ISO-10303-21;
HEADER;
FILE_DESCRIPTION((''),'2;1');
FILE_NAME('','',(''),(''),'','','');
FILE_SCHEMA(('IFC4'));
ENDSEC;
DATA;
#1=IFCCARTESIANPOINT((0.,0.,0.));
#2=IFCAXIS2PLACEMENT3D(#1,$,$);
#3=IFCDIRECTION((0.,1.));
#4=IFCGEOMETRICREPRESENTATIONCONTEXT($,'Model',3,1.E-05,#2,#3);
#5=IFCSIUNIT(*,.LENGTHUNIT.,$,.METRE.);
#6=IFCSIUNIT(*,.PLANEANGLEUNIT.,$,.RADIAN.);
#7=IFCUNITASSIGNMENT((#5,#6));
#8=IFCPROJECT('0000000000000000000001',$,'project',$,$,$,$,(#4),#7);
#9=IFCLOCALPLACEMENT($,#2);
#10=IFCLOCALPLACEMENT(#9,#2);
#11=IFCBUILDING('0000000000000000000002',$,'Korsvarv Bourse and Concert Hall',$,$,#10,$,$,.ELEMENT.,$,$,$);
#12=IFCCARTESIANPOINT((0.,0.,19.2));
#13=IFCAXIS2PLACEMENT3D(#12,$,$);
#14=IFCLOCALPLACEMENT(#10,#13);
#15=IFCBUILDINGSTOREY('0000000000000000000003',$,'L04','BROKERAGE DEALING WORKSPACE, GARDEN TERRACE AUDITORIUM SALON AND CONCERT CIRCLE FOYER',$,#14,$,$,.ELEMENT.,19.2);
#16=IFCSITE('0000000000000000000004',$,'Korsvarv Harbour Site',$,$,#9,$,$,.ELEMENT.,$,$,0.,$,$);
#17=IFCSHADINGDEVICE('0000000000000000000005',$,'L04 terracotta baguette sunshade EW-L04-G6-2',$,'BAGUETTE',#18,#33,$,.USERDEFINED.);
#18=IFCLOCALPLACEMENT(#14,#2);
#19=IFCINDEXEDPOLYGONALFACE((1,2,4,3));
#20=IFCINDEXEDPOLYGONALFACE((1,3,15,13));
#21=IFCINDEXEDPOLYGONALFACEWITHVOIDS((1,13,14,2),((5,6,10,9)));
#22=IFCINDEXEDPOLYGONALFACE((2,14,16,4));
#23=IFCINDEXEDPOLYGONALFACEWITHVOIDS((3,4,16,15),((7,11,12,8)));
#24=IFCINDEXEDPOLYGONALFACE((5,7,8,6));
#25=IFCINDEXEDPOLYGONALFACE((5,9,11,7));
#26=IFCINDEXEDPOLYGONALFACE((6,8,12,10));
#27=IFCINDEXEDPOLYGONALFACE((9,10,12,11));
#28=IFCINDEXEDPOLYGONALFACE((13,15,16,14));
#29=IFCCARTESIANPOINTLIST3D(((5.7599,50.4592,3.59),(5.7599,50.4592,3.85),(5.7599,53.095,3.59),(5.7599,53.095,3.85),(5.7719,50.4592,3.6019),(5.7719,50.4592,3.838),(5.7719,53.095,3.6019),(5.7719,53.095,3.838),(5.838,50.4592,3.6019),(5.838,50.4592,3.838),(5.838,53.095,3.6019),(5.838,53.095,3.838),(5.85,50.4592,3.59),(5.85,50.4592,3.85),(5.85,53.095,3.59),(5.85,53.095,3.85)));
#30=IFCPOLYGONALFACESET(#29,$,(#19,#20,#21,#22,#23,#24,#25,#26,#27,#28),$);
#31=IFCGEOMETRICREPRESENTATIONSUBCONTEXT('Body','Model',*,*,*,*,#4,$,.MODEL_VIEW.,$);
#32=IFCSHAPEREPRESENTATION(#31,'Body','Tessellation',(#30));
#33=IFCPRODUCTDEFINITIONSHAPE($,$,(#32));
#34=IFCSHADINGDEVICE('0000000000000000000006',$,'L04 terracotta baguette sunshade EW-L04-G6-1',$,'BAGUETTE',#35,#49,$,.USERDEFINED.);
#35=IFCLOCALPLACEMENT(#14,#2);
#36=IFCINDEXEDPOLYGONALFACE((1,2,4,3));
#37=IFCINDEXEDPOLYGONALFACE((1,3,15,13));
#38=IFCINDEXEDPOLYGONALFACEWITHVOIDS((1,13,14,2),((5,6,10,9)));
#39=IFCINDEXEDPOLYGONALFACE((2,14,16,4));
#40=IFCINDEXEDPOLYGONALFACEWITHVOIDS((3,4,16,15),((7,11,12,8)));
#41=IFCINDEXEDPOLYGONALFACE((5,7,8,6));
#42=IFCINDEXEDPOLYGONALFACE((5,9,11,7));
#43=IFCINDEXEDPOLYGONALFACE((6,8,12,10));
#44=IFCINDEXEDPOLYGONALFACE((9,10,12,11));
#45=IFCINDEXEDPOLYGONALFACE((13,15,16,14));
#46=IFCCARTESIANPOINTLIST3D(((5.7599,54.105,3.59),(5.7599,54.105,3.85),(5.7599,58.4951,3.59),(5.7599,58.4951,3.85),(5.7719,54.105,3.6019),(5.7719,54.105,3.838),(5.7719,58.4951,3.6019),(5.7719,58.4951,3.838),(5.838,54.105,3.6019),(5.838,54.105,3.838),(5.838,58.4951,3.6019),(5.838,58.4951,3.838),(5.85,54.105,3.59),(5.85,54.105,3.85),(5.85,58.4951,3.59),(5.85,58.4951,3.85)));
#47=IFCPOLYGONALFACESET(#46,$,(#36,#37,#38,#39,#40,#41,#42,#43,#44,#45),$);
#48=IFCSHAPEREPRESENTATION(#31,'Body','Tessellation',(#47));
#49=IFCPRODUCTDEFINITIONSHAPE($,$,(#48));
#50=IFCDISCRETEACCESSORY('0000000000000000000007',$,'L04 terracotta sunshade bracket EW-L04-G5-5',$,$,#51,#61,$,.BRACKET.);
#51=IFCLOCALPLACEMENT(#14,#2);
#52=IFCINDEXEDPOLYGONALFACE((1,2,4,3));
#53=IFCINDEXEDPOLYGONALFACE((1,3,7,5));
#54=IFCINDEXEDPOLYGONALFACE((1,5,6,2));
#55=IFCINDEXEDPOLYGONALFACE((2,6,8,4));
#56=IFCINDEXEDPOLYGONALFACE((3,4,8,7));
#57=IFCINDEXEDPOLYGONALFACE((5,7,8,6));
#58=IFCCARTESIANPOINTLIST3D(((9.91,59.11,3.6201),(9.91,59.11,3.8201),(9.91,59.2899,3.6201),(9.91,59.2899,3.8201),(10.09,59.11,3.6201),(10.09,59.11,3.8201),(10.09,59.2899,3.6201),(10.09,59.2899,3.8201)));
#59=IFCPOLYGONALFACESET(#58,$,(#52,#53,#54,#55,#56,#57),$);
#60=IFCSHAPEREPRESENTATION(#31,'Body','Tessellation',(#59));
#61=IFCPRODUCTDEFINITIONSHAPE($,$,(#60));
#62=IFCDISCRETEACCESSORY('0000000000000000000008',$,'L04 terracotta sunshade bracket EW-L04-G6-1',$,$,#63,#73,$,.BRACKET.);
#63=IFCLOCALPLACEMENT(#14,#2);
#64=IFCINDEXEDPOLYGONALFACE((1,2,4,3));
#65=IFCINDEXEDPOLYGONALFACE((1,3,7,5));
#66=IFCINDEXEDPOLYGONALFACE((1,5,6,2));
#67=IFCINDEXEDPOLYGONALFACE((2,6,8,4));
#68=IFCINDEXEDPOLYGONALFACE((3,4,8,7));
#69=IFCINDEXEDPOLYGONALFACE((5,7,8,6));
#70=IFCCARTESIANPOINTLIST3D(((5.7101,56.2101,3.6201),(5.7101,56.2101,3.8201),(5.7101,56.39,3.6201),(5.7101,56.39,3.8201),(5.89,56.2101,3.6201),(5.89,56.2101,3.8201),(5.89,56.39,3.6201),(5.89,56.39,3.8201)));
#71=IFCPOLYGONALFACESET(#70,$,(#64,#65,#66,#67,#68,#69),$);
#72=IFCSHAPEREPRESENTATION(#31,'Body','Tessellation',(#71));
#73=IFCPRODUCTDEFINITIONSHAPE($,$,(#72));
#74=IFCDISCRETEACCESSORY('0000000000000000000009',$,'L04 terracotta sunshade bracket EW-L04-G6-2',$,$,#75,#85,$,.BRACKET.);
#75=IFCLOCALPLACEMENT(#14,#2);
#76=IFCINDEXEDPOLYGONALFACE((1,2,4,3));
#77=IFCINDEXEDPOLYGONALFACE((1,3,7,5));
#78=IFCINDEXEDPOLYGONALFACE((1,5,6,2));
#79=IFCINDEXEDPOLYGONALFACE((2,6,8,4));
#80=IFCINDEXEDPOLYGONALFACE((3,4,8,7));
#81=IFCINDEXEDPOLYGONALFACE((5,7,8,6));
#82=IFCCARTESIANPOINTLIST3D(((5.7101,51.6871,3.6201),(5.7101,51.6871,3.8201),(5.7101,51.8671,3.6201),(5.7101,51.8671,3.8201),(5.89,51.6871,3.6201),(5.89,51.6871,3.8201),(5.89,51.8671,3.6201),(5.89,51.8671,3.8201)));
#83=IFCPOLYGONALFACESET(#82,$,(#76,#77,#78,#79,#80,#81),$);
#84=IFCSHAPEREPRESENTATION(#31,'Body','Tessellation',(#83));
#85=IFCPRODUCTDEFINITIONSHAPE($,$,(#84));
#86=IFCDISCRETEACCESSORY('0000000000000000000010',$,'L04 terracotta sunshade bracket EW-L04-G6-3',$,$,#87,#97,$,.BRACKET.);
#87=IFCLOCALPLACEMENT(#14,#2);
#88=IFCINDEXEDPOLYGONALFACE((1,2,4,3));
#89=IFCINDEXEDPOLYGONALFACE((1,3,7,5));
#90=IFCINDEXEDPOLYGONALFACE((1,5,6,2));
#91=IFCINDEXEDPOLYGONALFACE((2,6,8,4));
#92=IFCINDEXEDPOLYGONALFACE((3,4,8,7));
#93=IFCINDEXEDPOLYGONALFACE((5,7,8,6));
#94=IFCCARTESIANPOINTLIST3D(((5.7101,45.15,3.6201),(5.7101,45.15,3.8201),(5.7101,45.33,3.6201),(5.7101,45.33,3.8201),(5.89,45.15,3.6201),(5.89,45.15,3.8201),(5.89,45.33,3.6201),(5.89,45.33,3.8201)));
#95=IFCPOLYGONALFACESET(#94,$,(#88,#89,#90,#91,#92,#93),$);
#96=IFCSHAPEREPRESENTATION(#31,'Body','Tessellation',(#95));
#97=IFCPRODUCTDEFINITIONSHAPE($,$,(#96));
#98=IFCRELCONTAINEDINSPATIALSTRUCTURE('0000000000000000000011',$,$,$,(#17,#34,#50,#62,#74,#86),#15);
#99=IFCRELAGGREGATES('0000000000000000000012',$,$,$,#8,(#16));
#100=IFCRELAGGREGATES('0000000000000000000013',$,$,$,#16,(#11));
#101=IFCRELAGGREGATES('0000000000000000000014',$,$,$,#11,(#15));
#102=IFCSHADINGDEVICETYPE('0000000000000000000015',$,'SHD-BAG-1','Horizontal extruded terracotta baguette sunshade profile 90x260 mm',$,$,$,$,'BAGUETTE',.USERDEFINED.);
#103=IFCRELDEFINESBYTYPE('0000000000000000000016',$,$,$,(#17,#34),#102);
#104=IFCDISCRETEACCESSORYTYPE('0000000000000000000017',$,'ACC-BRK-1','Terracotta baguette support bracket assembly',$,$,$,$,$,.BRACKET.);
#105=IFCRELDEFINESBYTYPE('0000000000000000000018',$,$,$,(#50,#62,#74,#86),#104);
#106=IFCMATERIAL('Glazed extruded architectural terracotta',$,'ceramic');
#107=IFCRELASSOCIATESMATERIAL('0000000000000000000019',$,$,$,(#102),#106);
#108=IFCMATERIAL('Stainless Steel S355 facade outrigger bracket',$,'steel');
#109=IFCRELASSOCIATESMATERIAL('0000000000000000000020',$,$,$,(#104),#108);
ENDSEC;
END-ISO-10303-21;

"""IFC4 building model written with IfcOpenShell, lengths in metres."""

from ifc_helpers import new_model, si_unit, direction, frame, origin, origin_2d, place, context, subcontext, project, spatial, rectangle, hollow_rectangle, extrude, source, transform, mapped, material, material_profile, profile_set, type_object, element, save


model = new_model("IFC4")

# Units and contexts
model_context = context("Model", 3, precision=1e-05, world=origin(), true_north=direction((0.0, 1.0)))
body_context = subcontext(model_context, "Body", "Model", "MODEL_VIEW")
ifc_project = project(units=[si_unit("LENGTHUNIT", "METRE"), si_unit("PLANEANGLEUNIT", "RADIAN")], contexts=[model_context])

# Site, building, storey
site_placement = place(None, origin())
site = spatial("IfcSite", under=ifc_project, at=site_placement, Name="Korsvarv Harbour Site", CompositionType="ELEMENT", RefElevation=0.0)
building_placement = place(site_placement, origin())
building = spatial("IfcBuilding", under=site, at=building_placement, Name="Korsvarv Bourse and Concert Hall", CompositionType="ELEMENT")
storey_placement = place(building_placement, frame((0.0, 0.0, 19.2)))
storey = spatial("IfcBuildingStorey", under=building, at=storey_placement, Name="L04", Description="BROKERAGE DEALING WORKSPACE, GARDEN TERRACE AUDITORIUM SALON AND CONCERT CIRCLE FOYER", CompositionType="ELEMENT", Elevation=19.2)

# Shading devices
ifc_material_1 = material(Name="Glazed extruded architectural terracotta", Category="ceramic")
ifc_material_profile_1 = material_profile(ifc_material_1, hollow_rectangle(XDim=0.0901, YDim=0.26, WallThickness=0.012, at=origin_2d()), Name="TC-BAG 90x260")
ifc_profile_set_1 = profile_set([ifc_material_profile_1], Name="Glazed extruded architectural terracotta")
shading_device_type = type_object("IfcShadingDeviceType", Name="SHD-BAG-1", Description="Horizontal extruded terracotta baguette sunshade profile 90x260 mm", ElementType="BAGUETTE", PredefinedType="USERDEFINED", material=ifc_profile_set_1)
shared_shape_1 = source(origin(), body_context, "Body", "SweptSolid", [
    extrude(hollow_rectangle(XDim=0.0901, YDim=0.26, WallThickness=0.012, at=origin_2d()), origin(), (0.0, 0.0, 1.0), 2.6357),
])
shading_device_1_placement = place(storey_placement, frame((5.8049, 53.095, 3.72), z_axis=(0.0, -1.0, 0.0), x_axis=(1.0, 0.0, 0.0)))
element("IfcShadingDevice", 1, at=shading_device_1_placement, inside=storey, type_object=shading_device_type, Name="L04 terracotta baguette sunshade EW-L04-G6-2", ObjectType="BAGUETTE", PredefinedType="USERDEFINED", context=body_context, shape_type="MappedRepresentation", body=[
    mapped(shared_shape_1, transform((0.0, 0.0, 0.0), scale=1.0)),
])
shared_shape_2 = source(origin(), body_context, "Body", "SweptSolid", [
    extrude(hollow_rectangle(XDim=0.0901, YDim=0.26, WallThickness=0.012, at=origin_2d()), origin(), (0.0, 0.0, 1.0), 4.3901),
])
shading_device_2_placement = place(storey_placement, frame((5.8049, 58.4951, 3.72), z_axis=(0.0, -1.0, 0.0), x_axis=(1.0, 0.0, 0.0)))
element("IfcShadingDevice", 2, at=shading_device_2_placement, inside=storey, type_object=shading_device_type, Name="L04 terracotta baguette sunshade EW-L04-G6-1", ObjectType="BAGUETTE", PredefinedType="USERDEFINED", context=body_context, shape_type="MappedRepresentation", body=[
    mapped(shared_shape_2, transform((0.0, 0.0, 0.0), scale=1.0)),
])

# Discrete accessories
ifc_material_2 = material(Name="Stainless Steel S355 facade outrigger bracket", Category="steel")
discrete_accessory_type = type_object("IfcDiscreteAccessoryType", Name="ACC-BRK-1", Description="Terracotta baguette support bracket assembly", PredefinedType="BRACKET", material=ifc_material_2)
shared_shape_3 = source(origin(), body_context, "Body", "SweptSolid", [
    extrude(rectangle(XDim=0.1799, YDim=0.1799, at=origin_2d()), origin(), (0.0, 0.0, 1.0), 0.2),
])
for number, where, z_axis, x_axis, name in (
    (3, (10.0, 59.2, 3.6201), (0.0, 0.0, 1.0), (-1.0, 0.0, 0.0), "L04 terracotta sunshade bracket EW-L04-G5-5"),
    (4, (5.8, 56.3, 3.6201), (0.0, 0.0, 1.0), (0.0, -1.0, 0.0), "L04 terracotta sunshade bracket EW-L04-G6-1"),
    (5, (5.8, 51.7771, 3.6201), (0.0, 0.0, 1.0), (0.0, -1.0, 0.0), "L04 terracotta sunshade bracket EW-L04-G6-2"),
    (6, (5.8, 45.24, 3.6201), (0.0, 0.0, 1.0), (0.0, -1.0, 0.0), "L04 terracotta sunshade bracket EW-L04-G6-3"),
):
    element("IfcDiscreteAccessory", number, at=place(storey_placement, frame(where, z_axis=z_axis, x_axis=x_axis)), inside=storey, type_object=discrete_accessory_type, Name=name, PredefinedType="BRACKET", context=body_context, shape_type="MappedRepresentation", body=[
        mapped(shared_shape_3, transform((0.0, 0.0, 0.0), scale=1.0)),
    ])

save(model, "model.ifc")
